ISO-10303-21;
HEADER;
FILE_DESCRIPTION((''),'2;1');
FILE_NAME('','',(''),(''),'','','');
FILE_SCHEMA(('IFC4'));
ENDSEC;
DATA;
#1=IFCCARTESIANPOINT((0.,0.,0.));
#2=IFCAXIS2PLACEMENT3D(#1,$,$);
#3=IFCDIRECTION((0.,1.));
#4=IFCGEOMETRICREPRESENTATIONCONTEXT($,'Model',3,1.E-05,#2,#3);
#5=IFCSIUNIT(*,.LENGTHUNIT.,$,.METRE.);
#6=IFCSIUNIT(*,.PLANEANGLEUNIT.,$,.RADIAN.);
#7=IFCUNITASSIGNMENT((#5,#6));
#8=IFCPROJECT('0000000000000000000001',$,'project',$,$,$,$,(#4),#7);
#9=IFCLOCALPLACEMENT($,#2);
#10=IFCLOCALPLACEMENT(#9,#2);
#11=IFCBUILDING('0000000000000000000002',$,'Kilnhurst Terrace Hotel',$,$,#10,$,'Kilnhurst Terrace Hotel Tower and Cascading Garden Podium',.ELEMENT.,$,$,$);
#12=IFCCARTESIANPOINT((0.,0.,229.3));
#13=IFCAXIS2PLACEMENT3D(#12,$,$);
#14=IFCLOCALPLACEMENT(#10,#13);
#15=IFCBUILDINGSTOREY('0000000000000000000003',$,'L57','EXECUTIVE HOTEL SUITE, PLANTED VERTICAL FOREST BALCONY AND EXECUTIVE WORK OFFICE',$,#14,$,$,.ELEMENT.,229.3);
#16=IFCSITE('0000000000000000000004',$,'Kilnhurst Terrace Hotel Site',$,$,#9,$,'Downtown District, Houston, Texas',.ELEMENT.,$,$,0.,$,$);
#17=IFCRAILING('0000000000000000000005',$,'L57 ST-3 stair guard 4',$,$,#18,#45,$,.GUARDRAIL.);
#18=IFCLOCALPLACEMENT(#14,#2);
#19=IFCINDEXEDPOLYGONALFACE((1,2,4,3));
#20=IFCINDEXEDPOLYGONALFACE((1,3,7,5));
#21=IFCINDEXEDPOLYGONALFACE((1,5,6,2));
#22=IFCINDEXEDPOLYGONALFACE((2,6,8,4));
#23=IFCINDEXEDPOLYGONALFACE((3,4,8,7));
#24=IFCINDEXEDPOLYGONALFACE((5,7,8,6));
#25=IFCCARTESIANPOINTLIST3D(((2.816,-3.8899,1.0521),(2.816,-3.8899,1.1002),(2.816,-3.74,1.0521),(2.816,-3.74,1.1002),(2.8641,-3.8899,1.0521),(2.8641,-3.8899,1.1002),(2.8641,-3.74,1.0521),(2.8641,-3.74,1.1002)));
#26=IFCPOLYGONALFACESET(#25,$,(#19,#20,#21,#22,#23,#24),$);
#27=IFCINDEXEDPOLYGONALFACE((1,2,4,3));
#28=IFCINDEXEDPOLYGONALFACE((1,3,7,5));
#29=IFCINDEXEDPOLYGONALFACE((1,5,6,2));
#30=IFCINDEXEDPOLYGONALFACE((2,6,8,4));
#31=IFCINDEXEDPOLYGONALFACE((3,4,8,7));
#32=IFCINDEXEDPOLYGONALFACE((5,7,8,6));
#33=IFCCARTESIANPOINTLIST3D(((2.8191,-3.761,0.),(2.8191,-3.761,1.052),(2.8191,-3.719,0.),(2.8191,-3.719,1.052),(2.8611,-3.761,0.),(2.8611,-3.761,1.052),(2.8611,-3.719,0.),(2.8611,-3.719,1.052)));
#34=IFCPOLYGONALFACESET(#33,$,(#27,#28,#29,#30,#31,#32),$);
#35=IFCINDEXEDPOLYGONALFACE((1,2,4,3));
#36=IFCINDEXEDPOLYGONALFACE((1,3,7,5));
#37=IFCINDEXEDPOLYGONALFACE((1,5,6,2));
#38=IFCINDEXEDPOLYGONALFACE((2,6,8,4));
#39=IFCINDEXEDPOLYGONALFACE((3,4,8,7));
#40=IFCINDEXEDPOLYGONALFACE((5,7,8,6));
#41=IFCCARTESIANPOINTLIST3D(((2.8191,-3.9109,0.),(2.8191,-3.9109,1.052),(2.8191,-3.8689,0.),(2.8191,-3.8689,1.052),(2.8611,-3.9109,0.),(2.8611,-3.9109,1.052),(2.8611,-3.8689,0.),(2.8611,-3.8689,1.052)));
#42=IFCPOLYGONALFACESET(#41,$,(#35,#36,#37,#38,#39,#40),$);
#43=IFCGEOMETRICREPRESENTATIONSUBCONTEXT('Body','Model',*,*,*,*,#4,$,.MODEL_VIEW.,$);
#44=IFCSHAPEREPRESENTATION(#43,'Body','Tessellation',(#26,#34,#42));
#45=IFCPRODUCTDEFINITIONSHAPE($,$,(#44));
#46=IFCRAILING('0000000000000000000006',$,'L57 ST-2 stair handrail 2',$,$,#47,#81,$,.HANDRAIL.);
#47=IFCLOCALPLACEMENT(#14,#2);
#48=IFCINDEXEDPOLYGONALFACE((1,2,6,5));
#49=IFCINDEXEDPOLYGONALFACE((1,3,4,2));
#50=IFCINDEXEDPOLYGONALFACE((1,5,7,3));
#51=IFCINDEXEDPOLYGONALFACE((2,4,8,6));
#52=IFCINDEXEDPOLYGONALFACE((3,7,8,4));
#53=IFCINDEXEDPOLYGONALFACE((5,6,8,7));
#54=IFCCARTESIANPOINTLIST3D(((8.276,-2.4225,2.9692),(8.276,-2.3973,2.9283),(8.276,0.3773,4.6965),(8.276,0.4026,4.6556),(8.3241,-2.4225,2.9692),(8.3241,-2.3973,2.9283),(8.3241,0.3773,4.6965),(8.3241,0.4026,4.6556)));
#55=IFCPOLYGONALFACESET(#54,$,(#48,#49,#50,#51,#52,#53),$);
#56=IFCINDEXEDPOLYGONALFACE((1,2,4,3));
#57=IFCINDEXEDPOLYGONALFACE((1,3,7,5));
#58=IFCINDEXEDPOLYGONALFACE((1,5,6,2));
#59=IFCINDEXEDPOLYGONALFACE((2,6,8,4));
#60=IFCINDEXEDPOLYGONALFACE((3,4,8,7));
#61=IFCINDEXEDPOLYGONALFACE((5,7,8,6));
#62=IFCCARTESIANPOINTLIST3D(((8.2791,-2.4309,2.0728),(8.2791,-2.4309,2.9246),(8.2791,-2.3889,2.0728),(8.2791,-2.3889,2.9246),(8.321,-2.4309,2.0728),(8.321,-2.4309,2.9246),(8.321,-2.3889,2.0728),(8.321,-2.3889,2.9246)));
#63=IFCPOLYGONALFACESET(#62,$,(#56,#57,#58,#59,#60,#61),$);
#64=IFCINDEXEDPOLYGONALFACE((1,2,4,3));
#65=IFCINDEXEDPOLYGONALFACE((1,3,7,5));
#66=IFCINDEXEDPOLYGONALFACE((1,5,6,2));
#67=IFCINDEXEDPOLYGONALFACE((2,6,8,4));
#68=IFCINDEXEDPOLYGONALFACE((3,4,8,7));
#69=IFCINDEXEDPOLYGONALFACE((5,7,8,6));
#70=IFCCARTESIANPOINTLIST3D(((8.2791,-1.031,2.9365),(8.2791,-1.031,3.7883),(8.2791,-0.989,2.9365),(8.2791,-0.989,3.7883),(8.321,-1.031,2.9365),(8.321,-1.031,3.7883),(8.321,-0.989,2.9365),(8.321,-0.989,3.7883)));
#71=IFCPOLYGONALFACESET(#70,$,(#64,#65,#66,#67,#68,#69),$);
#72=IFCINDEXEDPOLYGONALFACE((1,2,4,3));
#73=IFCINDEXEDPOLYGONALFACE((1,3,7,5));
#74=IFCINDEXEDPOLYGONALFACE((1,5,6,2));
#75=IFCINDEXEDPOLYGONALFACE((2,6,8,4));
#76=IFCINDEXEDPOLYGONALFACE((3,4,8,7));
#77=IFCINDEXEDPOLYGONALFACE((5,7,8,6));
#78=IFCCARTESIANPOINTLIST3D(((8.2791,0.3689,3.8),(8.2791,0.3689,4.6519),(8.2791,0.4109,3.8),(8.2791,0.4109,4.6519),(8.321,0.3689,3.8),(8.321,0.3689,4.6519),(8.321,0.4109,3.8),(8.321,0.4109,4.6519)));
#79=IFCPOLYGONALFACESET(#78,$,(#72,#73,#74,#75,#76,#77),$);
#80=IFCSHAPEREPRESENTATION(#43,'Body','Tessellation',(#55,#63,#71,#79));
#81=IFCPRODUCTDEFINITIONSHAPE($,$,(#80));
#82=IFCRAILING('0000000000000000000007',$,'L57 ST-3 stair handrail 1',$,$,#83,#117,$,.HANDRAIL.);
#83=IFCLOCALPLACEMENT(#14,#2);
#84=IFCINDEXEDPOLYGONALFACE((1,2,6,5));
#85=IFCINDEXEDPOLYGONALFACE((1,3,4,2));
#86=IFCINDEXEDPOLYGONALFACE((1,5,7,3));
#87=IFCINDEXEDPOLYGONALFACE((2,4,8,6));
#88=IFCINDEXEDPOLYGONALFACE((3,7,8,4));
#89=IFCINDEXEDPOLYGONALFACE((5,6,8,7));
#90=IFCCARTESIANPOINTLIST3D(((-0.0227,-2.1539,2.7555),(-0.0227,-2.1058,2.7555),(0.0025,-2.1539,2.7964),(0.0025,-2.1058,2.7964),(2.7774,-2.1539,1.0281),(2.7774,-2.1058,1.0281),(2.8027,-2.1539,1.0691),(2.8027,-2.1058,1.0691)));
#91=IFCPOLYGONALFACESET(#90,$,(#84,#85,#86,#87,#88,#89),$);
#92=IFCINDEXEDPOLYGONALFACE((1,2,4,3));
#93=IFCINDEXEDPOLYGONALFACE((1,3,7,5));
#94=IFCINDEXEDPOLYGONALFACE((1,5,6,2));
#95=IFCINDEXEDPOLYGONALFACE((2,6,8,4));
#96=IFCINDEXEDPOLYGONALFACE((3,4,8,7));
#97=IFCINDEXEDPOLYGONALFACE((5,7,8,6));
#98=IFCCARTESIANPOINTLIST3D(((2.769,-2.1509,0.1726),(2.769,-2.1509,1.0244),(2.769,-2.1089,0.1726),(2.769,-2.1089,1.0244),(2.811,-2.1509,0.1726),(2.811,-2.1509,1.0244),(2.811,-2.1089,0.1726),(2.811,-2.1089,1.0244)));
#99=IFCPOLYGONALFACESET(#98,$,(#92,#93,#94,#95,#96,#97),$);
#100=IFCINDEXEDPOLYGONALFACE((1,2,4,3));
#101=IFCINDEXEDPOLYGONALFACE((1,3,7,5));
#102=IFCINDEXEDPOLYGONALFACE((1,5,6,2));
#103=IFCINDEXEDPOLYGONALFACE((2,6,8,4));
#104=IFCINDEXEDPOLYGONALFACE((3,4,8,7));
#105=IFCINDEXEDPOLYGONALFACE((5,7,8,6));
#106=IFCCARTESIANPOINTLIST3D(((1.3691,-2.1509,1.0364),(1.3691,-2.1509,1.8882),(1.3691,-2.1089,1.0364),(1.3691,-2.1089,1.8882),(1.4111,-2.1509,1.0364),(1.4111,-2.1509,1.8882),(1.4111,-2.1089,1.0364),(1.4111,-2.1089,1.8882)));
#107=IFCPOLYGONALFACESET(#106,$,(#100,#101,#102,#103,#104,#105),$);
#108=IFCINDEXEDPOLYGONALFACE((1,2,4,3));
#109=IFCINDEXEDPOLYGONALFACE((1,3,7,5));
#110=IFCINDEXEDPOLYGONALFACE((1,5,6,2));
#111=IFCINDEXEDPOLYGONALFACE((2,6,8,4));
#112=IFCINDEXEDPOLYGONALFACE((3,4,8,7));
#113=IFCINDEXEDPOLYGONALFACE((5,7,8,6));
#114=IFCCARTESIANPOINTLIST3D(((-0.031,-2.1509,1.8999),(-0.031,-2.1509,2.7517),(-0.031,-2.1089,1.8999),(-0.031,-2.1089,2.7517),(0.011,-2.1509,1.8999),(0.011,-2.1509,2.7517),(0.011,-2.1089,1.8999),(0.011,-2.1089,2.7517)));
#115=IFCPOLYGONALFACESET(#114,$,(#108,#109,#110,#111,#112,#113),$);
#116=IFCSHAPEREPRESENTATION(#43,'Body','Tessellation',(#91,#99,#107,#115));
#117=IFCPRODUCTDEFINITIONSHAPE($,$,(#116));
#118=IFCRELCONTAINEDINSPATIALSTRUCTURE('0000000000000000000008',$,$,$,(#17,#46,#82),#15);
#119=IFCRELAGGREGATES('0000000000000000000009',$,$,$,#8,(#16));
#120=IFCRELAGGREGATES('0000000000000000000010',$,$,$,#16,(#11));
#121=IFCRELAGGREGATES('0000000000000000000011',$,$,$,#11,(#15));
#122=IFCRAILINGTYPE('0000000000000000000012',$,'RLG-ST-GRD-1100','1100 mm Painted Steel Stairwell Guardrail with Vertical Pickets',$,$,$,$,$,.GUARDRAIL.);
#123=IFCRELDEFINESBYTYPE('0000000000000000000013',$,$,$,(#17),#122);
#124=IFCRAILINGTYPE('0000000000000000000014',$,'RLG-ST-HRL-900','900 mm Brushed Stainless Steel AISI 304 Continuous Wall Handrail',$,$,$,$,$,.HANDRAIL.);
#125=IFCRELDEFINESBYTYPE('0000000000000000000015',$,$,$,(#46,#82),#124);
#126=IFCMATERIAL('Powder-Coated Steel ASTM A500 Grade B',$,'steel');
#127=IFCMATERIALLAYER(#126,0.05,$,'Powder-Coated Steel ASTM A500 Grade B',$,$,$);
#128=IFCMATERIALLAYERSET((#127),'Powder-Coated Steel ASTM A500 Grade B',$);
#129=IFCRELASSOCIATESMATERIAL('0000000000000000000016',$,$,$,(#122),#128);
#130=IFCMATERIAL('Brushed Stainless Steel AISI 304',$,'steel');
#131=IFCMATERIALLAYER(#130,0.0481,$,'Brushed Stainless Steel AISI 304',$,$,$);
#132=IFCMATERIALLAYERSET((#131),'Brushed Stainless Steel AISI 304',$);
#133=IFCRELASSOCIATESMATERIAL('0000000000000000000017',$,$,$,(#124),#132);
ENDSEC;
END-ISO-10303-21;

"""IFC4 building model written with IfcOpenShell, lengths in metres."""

from ifc_helpers import new_model, si_unit, direction, frame, origin, origin_2d, place, context, subcontext, project, spatial, rectangle, extrude, material, layer, layer_set, type_object, element, save


model = new_model("IFC4")

# Units and contexts
model_context = context("Model", 3, precision=1e-05, world=origin(), true_north=direction((0.0, 1.0)))
body_context = subcontext(model_context, "Body", "Model", "MODEL_VIEW")
ifc_project = project(units=[si_unit("LENGTHUNIT", "METRE"), si_unit("PLANEANGLEUNIT", "RADIAN")], contexts=[model_context])

# Site, building, storey
site_placement = place(None, origin())
site = spatial("IfcSite", under=ifc_project, at=site_placement, Name="Kilnhurst Terrace Hotel Site", LongName="Downtown District, Houston, Texas", CompositionType="ELEMENT", RefElevation=0.0)
building_placement = place(site_placement, origin())
building = spatial("IfcBuilding", under=site, at=building_placement, Name="Kilnhurst Terrace Hotel", LongName="Kilnhurst Terrace Hotel Tower and Cascading Garden Podium", CompositionType="ELEMENT")
storey_placement = place(building_placement, frame((0.0, 0.0, 229.3)))
storey = spatial("IfcBuildingStorey", under=building, at=storey_placement, Name="L57", Description="EXECUTIVE HOTEL SUITE, PLANTED VERTICAL FOREST BALCONY AND EXECUTIVE WORK OFFICE", CompositionType="ELEMENT", Elevation=229.3)

# Railings
ifc_material_1 = material(Name="Powder-Coated Steel ASTM A500 Grade B", Category="steel")
ifc_layer_1 = layer(ifc_material_1, 0.05, Name="Powder-Coated Steel ASTM A500 Grade B")
ifc_layer_set_1 = layer_set([ifc_layer_1], Name="Powder-Coated Steel ASTM A500 Grade B")
railing_type_1 = type_object("IfcRailingType", Name="RLG-ST-GRD-1100", Description="1100 mm Painted Steel Stairwell Guardrail with Vertical Pickets", PredefinedType="GUARDRAIL", material=ifc_layer_set_1)
railing_1_placement = place(storey_placement, frame((2.8401, -3.74, 0.0)))
element("IfcRailing", 1, at=railing_1_placement, inside=storey, type_object=railing_type_1, Name="L57 ST-3 stair guard 4", PredefinedType="GUARDRAIL", context=body_context, shape_type="SweptSolid", body=[
    extrude(rectangle(XDim=0.0481, YDim=0.0481, at=origin_2d()), frame((0.0, 0.0, 1.0762), z_axis=(0.0, -1.0, 0.0), x_axis=(1.0, 0.0, 0.0)), (0.0, 0.0, 1.0), 0.1499),
    extrude(rectangle(XDim=0.042, YDim=0.042, at=origin_2d()), origin(), (0.0, 0.0, 1.0), 1.052),
    extrude(rectangle(XDim=0.042, YDim=0.042, at=origin_2d()), frame((0.0, -0.1499, 0.0)), (0.0, 0.0, 1.0), 1.052),
])
ifc_material_2 = material(Name="Brushed Stainless Steel AISI 304", Category="steel")
ifc_layer_2 = layer(ifc_material_2, 0.0481, Name="Brushed Stainless Steel AISI 304")
ifc_layer_set_2 = layer_set([ifc_layer_2], Name="Brushed Stainless Steel AISI 304")
railing_type_2 = type_object("IfcRailingType", Name="RLG-ST-HRL-900", Description="900 mm Brushed Stainless Steel AISI 304 Continuous Wall Handrail", PredefinedType="HANDRAIL", material=ifc_layer_set_2)
railing_2_placement = place(storey_placement, frame((8.3, -2.4099, 2.0728)))
element("IfcRailing", 2, at=railing_2_placement, inside=storey, type_object=railing_type_2, Name="L57 ST-2 stair handrail 2", PredefinedType="HANDRAIL", context=body_context, shape_type="SweptSolid", body=[
    extrude(rectangle(XDim=0.0481, YDim=0.0481, at=origin_2d()), frame((0.0, 0.0, 0.876), z_axis=(0.0, 0.851069, 0.525054), x_axis=(-1.0, 0.0, 0.0)), (0.0, 0.0, 1.0), 3.2898),
    extrude(rectangle(XDim=0.042, YDim=0.042, at=origin_2d()), origin(), (0.0, 0.0, 1.0), 0.8518),
    extrude(rectangle(XDim=0.042, YDim=0.042, at=origin_2d()), frame((0.0, 1.3999, 0.8638)), (0.0, 0.0, 1.0), 0.8518),
    extrude(rectangle(XDim=0.042, YDim=0.042, at=origin_2d()), frame((0.0, 2.7998, 1.7273)), (0.0, 0.0, 1.0), 0.8518),
])
railing_3_placement = place(storey_placement, frame((2.79, -2.1299, 0.1726)))
element("IfcRailing", 3, at=railing_3_placement, inside=storey, type_object=railing_type_2, Name="L57 ST-3 stair handrail 1", PredefinedType="HANDRAIL", context=body_context, shape_type="SweptSolid", body=[
    extrude(rectangle(XDim=0.0481, YDim=0.0481, at=origin_2d()), frame((0.0, 0.0, 0.876), z_axis=(-0.85109, 0.0, 0.52502), x_axis=(0.0, -1.0, 0.0)), (0.0, 0.0, 1.0), 3.29),
    extrude(rectangle(XDim=0.042, YDim=0.042, at=origin_2d()), origin(), (0.0, 0.0, 1.0), 0.8518),
    extrude(rectangle(XDim=0.042, YDim=0.042, at=origin_2d()), frame((-1.3999, 0.0, 0.8638)), (0.0, 0.0, 1.0), 0.8518),
    extrude(rectangle(XDim=0.042, YDim=0.042, at=origin_2d()), frame((-2.8, 0.0, 1.7273)), (0.0, 0.0, 1.0), 0.8518),
])

save(model, "model.ifc")
